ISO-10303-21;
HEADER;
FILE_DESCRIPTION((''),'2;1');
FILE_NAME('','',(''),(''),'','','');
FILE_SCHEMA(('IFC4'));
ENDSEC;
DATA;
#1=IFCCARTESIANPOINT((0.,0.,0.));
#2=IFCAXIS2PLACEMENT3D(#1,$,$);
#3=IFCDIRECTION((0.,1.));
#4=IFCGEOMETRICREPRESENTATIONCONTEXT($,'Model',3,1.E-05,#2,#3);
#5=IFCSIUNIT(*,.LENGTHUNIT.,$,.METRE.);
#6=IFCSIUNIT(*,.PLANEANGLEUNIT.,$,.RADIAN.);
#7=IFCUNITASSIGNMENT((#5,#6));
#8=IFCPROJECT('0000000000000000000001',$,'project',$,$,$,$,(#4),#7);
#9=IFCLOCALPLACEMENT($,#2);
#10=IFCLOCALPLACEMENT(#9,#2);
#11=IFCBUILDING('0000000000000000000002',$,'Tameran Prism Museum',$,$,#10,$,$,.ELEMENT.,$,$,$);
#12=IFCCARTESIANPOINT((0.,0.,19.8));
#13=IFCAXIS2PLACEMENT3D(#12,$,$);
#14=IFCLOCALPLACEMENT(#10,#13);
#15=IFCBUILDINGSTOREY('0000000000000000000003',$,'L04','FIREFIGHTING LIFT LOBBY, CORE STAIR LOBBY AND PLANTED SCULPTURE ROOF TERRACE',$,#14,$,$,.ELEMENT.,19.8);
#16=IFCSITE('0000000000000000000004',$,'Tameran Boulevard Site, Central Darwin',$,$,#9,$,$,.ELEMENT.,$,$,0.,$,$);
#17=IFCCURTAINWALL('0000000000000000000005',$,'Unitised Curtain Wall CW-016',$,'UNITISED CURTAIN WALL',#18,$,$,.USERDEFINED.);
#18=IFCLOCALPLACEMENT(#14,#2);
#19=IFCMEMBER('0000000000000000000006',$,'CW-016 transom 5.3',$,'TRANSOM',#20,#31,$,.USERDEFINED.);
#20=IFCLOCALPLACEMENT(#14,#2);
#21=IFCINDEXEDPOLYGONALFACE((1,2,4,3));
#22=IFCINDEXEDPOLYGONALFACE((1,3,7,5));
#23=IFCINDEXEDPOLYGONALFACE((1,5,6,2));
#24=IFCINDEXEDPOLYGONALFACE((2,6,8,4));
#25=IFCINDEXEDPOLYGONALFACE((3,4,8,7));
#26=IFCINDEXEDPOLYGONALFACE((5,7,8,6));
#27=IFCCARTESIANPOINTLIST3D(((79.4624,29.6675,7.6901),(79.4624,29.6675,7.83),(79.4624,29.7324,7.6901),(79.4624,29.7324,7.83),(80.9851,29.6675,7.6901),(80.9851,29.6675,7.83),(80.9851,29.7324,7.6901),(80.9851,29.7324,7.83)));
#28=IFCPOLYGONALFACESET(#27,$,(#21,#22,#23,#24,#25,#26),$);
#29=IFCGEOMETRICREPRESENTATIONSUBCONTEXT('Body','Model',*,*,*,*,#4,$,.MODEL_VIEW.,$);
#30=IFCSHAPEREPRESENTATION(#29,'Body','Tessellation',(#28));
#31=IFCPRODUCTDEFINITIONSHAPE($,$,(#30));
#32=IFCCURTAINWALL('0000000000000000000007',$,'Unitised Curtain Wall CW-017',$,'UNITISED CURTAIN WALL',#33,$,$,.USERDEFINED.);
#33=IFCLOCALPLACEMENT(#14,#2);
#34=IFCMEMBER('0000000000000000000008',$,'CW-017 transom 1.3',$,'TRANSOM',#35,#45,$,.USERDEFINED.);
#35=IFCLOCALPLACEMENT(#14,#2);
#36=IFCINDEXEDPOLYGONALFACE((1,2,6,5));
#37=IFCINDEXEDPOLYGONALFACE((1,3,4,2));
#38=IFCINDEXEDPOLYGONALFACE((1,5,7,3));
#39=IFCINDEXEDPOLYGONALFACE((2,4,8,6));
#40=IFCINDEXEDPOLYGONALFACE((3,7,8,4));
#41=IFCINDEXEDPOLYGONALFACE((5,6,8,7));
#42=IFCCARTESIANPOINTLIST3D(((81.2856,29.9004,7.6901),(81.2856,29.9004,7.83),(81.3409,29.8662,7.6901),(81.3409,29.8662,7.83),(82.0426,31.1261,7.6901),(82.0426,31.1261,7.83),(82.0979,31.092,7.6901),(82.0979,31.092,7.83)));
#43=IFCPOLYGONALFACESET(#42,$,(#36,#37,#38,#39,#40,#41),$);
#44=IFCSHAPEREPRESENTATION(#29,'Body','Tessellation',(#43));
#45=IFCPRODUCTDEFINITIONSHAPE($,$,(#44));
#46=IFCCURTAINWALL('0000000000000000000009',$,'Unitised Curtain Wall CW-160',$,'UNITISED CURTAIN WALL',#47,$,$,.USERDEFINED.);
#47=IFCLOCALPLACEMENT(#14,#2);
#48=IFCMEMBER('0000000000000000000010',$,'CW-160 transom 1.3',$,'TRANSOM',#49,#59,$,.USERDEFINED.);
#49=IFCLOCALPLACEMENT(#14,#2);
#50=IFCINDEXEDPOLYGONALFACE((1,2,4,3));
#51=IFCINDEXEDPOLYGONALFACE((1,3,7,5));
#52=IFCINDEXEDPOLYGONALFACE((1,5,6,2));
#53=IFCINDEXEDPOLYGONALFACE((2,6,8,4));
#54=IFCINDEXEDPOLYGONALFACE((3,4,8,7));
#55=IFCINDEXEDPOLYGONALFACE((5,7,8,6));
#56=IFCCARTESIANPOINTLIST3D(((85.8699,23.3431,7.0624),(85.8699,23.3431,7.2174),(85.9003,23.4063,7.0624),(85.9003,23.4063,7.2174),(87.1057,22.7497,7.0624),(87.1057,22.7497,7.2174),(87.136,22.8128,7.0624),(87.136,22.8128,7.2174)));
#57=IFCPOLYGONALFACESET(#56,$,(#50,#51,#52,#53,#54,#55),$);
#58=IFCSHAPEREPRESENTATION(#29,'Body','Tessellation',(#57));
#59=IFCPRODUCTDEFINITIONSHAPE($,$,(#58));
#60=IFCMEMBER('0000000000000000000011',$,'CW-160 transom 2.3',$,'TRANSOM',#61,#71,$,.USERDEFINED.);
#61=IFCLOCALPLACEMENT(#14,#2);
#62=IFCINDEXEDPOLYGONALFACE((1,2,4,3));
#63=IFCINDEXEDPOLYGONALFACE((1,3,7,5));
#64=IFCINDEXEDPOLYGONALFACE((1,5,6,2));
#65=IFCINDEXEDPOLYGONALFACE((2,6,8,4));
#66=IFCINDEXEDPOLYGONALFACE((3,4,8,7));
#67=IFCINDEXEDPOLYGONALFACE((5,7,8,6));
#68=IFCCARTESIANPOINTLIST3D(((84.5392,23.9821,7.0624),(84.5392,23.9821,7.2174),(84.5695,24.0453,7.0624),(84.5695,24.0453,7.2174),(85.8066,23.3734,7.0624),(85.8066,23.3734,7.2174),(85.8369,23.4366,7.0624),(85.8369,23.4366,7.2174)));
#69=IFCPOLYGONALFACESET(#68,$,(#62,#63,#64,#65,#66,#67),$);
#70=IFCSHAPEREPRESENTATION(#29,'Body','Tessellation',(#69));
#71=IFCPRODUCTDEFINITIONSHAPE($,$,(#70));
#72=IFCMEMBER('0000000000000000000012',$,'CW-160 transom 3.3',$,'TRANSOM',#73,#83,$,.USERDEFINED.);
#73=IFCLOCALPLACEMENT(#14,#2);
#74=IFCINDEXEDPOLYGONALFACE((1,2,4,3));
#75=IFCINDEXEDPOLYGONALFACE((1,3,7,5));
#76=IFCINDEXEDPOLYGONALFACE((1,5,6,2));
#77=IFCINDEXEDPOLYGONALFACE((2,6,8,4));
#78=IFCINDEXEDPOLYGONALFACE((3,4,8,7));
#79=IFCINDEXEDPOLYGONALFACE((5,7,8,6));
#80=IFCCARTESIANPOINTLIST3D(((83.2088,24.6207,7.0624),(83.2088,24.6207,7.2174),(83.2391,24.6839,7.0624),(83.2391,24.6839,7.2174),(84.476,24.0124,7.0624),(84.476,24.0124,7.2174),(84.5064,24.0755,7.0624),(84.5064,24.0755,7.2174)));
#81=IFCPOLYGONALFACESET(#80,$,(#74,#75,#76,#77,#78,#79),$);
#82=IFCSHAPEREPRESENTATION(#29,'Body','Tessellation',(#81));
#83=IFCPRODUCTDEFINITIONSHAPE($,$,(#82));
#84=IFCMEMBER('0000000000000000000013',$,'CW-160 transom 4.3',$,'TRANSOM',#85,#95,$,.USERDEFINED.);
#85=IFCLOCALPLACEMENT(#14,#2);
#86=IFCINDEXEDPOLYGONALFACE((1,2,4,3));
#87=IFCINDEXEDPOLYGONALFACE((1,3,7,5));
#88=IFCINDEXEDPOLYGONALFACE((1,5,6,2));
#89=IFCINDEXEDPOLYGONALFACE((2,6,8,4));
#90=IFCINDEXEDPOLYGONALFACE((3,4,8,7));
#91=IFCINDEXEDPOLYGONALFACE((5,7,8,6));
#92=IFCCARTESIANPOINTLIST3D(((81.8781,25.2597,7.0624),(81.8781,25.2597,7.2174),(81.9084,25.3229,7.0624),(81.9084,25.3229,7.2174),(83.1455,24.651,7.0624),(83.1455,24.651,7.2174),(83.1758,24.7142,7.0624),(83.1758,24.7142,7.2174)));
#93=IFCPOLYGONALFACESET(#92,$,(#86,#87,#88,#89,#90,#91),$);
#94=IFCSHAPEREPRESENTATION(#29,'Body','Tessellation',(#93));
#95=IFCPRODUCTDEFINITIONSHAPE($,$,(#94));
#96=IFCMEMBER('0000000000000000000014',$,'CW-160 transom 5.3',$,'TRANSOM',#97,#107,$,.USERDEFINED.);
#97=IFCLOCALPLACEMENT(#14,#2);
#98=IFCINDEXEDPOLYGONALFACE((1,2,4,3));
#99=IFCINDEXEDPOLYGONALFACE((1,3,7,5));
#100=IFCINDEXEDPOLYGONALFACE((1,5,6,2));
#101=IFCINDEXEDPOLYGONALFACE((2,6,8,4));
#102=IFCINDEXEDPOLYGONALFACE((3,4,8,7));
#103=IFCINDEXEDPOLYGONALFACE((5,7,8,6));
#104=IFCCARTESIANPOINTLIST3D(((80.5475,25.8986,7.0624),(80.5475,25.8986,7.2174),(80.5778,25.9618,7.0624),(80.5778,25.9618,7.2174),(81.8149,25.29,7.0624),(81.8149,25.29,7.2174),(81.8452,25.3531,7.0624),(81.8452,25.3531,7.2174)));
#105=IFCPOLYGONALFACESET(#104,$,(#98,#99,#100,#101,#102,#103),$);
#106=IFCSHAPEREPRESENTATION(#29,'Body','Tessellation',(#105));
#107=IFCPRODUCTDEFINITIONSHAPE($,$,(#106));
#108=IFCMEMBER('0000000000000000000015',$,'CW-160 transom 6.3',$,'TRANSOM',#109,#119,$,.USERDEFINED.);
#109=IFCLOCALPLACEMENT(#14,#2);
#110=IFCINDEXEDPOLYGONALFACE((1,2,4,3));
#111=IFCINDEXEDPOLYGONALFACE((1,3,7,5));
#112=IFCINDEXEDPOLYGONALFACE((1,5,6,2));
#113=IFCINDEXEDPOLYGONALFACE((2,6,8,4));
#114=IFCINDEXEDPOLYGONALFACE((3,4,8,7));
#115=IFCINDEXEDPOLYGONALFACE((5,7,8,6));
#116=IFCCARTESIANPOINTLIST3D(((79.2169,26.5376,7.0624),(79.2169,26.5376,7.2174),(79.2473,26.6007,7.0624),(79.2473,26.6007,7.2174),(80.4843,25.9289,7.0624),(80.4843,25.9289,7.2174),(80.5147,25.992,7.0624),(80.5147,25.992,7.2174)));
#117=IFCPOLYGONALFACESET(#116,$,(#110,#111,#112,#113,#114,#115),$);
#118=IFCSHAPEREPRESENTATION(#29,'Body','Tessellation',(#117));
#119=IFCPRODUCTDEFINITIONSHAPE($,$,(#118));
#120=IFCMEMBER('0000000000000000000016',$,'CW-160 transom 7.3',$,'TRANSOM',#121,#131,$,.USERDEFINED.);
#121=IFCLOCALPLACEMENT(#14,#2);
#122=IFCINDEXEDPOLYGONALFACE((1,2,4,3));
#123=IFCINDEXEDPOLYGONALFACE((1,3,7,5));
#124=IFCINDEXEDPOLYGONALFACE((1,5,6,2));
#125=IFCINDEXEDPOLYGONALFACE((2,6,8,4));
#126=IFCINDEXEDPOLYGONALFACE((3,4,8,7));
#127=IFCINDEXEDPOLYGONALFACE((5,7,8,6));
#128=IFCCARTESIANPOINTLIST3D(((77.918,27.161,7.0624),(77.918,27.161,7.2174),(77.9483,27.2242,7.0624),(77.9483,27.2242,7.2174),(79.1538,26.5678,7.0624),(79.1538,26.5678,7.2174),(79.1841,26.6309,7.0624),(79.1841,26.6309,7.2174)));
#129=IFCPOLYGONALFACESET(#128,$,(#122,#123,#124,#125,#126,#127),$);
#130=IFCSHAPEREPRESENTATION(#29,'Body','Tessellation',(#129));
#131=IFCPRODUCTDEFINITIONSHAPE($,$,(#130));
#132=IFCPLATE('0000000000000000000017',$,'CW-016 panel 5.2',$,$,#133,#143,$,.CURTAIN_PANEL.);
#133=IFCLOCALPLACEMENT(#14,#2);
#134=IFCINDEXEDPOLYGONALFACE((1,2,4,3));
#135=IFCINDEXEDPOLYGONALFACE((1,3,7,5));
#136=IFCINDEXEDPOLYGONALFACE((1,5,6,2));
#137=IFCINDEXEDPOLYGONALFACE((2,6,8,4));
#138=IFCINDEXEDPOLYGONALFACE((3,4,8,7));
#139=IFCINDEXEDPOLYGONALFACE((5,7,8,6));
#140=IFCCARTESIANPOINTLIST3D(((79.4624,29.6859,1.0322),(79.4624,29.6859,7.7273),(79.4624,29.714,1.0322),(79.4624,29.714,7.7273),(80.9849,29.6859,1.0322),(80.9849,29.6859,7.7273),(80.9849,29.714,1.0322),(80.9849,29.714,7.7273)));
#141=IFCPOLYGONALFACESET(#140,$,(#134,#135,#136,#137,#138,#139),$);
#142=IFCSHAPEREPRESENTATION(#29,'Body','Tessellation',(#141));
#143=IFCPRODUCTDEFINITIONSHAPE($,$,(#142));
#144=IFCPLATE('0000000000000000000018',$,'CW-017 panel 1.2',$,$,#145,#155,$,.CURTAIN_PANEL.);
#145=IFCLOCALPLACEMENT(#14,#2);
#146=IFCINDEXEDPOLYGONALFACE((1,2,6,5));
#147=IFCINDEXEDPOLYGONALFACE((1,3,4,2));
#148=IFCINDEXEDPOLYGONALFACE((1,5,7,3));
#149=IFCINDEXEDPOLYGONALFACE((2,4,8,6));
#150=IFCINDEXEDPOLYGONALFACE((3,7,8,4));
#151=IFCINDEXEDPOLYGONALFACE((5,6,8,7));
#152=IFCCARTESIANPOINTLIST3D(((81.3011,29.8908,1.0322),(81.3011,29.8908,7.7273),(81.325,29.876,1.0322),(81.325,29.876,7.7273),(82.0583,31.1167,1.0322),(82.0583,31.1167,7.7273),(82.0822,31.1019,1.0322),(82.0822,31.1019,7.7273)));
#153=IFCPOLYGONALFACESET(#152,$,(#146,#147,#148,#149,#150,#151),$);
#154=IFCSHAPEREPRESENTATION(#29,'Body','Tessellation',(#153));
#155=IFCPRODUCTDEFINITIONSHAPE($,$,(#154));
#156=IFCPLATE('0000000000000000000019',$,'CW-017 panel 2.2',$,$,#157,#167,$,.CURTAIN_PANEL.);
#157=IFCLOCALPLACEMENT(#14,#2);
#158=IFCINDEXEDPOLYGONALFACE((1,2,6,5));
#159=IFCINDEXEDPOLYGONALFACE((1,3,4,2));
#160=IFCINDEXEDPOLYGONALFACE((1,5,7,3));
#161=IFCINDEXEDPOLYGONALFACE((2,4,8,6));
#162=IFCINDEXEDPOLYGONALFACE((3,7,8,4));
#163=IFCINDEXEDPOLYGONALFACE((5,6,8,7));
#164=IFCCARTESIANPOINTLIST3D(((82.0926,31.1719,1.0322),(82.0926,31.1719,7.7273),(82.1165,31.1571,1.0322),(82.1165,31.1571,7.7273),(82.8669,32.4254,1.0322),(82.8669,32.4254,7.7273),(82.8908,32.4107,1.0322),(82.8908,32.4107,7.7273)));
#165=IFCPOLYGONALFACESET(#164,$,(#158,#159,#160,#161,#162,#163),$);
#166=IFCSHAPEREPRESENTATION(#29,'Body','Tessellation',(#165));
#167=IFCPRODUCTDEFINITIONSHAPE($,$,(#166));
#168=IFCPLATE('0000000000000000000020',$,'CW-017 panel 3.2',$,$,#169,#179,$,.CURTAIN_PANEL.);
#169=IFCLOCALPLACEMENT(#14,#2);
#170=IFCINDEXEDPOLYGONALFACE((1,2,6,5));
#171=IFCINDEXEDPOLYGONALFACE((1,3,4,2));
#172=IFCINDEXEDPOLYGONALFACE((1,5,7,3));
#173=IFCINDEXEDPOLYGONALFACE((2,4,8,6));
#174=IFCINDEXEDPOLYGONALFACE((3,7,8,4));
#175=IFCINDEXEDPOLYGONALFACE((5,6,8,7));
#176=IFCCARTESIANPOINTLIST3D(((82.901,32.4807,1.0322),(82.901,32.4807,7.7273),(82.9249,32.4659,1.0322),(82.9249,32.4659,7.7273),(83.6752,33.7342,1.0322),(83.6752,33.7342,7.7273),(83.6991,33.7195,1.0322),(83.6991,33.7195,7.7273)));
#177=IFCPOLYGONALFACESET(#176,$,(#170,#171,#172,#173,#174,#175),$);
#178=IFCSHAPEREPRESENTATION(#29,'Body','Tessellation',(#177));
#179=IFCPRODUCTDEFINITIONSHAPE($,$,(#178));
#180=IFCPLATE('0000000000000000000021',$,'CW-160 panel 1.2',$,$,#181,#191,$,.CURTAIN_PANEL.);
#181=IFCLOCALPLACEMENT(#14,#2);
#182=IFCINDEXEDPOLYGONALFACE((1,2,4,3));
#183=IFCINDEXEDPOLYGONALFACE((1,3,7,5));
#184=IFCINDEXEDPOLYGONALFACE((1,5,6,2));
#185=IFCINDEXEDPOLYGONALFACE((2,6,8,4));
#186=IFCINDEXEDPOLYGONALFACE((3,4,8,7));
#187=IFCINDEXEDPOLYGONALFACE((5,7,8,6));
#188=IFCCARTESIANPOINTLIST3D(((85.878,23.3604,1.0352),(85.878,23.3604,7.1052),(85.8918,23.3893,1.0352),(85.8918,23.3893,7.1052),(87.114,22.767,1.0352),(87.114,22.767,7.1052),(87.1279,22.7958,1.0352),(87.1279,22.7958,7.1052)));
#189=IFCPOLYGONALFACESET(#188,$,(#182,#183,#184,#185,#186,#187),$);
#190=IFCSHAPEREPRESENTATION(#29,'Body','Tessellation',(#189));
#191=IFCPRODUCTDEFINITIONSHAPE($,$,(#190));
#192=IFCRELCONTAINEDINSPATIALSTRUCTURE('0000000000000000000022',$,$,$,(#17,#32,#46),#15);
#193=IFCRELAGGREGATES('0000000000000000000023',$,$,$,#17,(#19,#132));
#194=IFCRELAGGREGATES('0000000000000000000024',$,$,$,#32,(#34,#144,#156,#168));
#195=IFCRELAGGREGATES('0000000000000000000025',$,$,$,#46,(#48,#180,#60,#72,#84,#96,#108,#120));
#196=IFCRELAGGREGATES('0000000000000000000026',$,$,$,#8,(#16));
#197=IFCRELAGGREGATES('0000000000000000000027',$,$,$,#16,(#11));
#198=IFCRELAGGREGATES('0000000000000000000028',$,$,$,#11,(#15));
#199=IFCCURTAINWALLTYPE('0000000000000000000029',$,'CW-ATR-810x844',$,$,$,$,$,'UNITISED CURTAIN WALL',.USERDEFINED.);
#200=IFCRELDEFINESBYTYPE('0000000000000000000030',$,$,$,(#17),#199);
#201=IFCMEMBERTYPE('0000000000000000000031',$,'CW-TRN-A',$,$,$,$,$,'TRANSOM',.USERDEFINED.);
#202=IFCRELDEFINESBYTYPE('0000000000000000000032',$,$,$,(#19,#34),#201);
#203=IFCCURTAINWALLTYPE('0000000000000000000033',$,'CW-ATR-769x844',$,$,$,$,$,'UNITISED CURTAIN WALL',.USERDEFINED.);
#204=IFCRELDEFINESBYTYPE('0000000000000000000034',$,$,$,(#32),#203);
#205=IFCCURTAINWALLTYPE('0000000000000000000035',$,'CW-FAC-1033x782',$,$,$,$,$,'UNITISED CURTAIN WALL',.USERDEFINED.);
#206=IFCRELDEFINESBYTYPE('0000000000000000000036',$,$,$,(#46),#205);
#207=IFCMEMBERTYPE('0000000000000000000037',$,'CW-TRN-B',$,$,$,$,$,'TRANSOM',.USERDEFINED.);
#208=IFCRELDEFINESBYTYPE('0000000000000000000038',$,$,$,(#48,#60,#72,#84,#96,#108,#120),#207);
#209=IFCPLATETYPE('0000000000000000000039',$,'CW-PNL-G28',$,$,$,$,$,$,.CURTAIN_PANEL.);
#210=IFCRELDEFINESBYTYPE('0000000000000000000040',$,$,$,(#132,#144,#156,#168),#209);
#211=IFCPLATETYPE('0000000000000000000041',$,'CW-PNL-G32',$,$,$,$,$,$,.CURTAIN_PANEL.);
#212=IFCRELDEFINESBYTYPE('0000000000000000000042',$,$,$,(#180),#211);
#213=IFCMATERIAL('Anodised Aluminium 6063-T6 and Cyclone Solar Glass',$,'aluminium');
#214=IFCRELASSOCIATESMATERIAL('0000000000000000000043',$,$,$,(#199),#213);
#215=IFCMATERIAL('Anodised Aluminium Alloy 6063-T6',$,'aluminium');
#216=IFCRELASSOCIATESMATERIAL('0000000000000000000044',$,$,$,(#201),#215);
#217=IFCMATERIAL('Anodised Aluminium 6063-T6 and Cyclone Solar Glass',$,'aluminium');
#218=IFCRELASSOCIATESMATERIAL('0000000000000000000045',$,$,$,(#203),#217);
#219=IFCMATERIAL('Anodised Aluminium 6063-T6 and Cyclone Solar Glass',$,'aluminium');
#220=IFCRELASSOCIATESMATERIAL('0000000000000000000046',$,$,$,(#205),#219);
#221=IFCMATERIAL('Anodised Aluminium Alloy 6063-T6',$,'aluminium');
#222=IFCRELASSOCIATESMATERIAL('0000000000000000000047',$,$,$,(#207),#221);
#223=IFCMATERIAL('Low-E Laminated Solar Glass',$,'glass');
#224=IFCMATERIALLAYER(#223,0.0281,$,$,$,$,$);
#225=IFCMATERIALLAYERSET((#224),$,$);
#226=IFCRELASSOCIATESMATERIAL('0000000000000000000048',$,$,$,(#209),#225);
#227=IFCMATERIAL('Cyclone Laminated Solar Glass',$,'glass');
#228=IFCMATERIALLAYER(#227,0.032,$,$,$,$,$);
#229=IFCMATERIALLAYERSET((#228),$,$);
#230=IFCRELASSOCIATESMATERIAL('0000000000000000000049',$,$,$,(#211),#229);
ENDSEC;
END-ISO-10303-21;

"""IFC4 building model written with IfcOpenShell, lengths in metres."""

from ifc_helpers import new_model, si_unit, direction, frame, origin, origin_2d, place, context, subcontext, project, spatial, rectangle, extrude, material, layer, layer_set, material_profile, profile_set, type_object, element, aggregate, save


model = new_model("IFC4")

# Units and contexts
model_context = context("Model", 3, precision=1e-05, world=origin(), true_north=direction((0.0, 1.0)))
body_context = subcontext(model_context, "Body", "Model", "MODEL_VIEW")
ifc_project = project(units=[si_unit("LENGTHUNIT", "METRE"), si_unit("PLANEANGLEUNIT", "RADIAN")], contexts=[model_context])

# Site, building, storey
site_placement = place(None, origin())
site = spatial("IfcSite", under=ifc_project, at=site_placement, Name="Tameran Boulevard Site, Central Darwin", CompositionType="ELEMENT", RefElevation=0.0)
building_placement = place(site_placement, origin())
building = spatial("IfcBuilding", under=site, at=building_placement, Name="Tameran Prism Museum", CompositionType="ELEMENT")
storey_placement = place(building_placement, frame((0.0, 0.0, 19.8)))
storey = spatial("IfcBuildingStorey", under=building, at=storey_placement, Name="L04", Description="FIREFIGHTING LIFT LOBBY, CORE STAIR LOBBY AND PLANTED SCULPTURE ROOF TERRACE", CompositionType="ELEMENT", Elevation=19.8)

# Curtain walls, members
ifc_material_1 = material(Name="Anodised Aluminium 6063-T6 and Cyclone Solar Glass", Category="aluminium")
curtain_wall_type_1 = type_object("IfcCurtainWallType", Name="CW-ATR-810x844", ElementType="UNITISED CURTAIN WALL", PredefinedType="USERDEFINED", material=ifc_material_1)
curtain_wall_1_placement = place(storey_placement, origin())
curtain_wall_1 = element("IfcCurtainWall", 1, at=curtain_wall_1_placement, inside=storey, type_object=curtain_wall_type_1, Name="Unitised Curtain Wall CW-016", ObjectType="UNITISED CURTAIN WALL", PredefinedType="USERDEFINED")
ifc_material_2 = material(Name="Anodised Aluminium Alloy 6063-T6", Category="aluminium")
ifc_material_profile_1 = material_profile(ifc_material_2, rectangle(XDim=0.0649, YDim=0.1399, at=origin_2d()))
ifc_profile_set_1 = profile_set([ifc_material_profile_1])
member_type_1 = type_object("IfcMemberType", Name="CW-TRN-A", ElementType="TRANSOM", PredefinedType="USERDEFINED", material=ifc_profile_set_1)
member_1_placement = place(storey_placement, frame((79.4624, 29.7, 7.76), z_axis=(1.0, 0.0, 0.0), x_axis=(0.0, 1.0, 0.0)))
member_1 = element("IfcMember", 2, at=member_1_placement, type_object=member_type_1, Name="CW-016 transom 5.3", ObjectType="TRANSOM", PredefinedType="USERDEFINED", context=body_context, shape_type="SweptSolid", body=[
    extrude(rectangle(XDim=0.0649, YDim=0.1399, at=origin_2d()), origin(), (0.0, 0.0, 1.0), 1.5227),
])
ifc_material_3 = material(Name="Anodised Aluminium 6063-T6 and Cyclone Solar Glass", Category="aluminium")
curtain_wall_type_2 = type_object("IfcCurtainWallType", Name="CW-ATR-769x844", ElementType="UNITISED CURTAIN WALL", PredefinedType="USERDEFINED", material=ifc_material_3)
curtain_wall_2_placement = place(storey_placement, origin())
curtain_wall_2 = element("IfcCurtainWall", 3, at=curtain_wall_2_placement, inside=storey, type_object=curtain_wall_type_2, Name="Unitised Curtain Wall CW-017", ObjectType="UNITISED CURTAIN WALL", PredefinedType="USERDEFINED")
member_2_placement = place(storey_placement, frame((81.3132, 29.8833, 7.76), z_axis=(0.525468, 0.850814, 0.0), x_axis=(-0.850814, 0.525468, 0.0)))
member_2 = element("IfcMember", 4, at=member_2_placement, type_object=member_type_1, Name="CW-017 transom 1.3", ObjectType="TRANSOM", PredefinedType="USERDEFINED", context=body_context, shape_type="SweptSolid", body=[
    extrude(rectangle(XDim=0.0649, YDim=0.1399, at=origin_2d()), origin(), (0.0, 0.0, 1.0), 1.4407),
])

# Curtain wall, members
ifc_material_4 = material(Name="Anodised Aluminium 6063-T6 and Cyclone Solar Glass", Category="aluminium")
curtain_wall_type_3 = type_object("IfcCurtainWallType", Name="CW-FAC-1033x782", ElementType="UNITISED CURTAIN WALL", PredefinedType="USERDEFINED", material=ifc_material_4)
curtain_wall_3_placement = place(storey_placement, origin())
curtain_wall_3 = element("IfcCurtainWall", 5, at=curtain_wall_3_placement, inside=storey, type_object=curtain_wall_type_3, Name="Unitised Curtain Wall CW-160", ObjectType="UNITISED CURTAIN WALL", PredefinedType="USERDEFINED")
ifc_material_5 = material(Name="Anodised Aluminium Alloy 6063-T6", Category="aluminium")
ifc_material_profile_2 = material_profile(ifc_material_5, rectangle(XDim=0.0701, YDim=0.155, at=origin_2d()))
ifc_profile_set_2 = profile_set([ifc_material_profile_2])
member_type_2 = type_object("IfcMemberType", Name="CW-TRN-B", ElementType="TRANSOM", PredefinedType="USERDEFINED", material=ifc_profile_set_2)
member_3_placement = place(storey_placement, frame((87.1208, 22.7812, 7.1399), z_axis=(-0.901437, 0.432911, 0.0), x_axis=(-0.432911, -0.901437, 0.0)))
member_3 = element("IfcMember", 6, at=member_3_placement, type_object=member_type_2, Name="CW-160 transom 1.3", ObjectType="TRANSOM", PredefinedType="USERDEFINED", context=body_context, shape_type="SweptSolid", body=[
    extrude(rectangle(XDim=0.0701, YDim=0.155, at=origin_2d()), origin(), (0.0, 0.0, 1.0), 1.3708),
])
member_4_placement = place(storey_placement, frame((85.8218, 23.405, 7.1399), z_axis=(-0.901434, 0.432917, 0.0), x_axis=(-0.432917, -0.901434, 0.0)))
member_4 = element("IfcMember", 7, at=member_4_placement, type_object=member_type_2, Name="CW-160 transom 2.3", ObjectType="TRANSOM", PredefinedType="USERDEFINED", context=body_context, shape_type="SweptSolid", body=[
    extrude(rectangle(XDim=0.0701, YDim=0.155, at=origin_2d()), origin(), (0.0, 0.0, 1.0), 1.406),
])
member_5_placement = place(storey_placement, frame((84.4912, 24.0439, 7.1399), z_axis=(-0.901501, 0.432776, 0.0), x_axis=(-0.432776, -0.901501, 0.0)))
member_5 = element("IfcMember", 8, at=member_5_placement, type_object=member_type_2, Name="CW-160 transom 3.3", ObjectType="TRANSOM", PredefinedType="USERDEFINED", context=body_context, shape_type="SweptSolid", body=[
    extrude(rectangle(XDim=0.0701, YDim=0.155, at=origin_2d()), origin(), (0.0, 0.0, 1.0), 1.4058),
])
member_6_placement = place(storey_placement, frame((83.1606, 24.6826, 7.1399), z_axis=(-0.901434, 0.432917, 0.0), x_axis=(-0.432917, -0.901434, 0.0)))
member_6 = element("IfcMember", 9, at=member_6_placement, type_object=member_type_2, Name="CW-160 transom 4.3", ObjectType="TRANSOM", PredefinedType="USERDEFINED", context=body_context, shape_type="SweptSolid", body=[
    extrude(rectangle(XDim=0.0701, YDim=0.155, at=origin_2d()), origin(), (0.0, 0.0, 1.0), 1.406),
])
member_7_placement = place(storey_placement, frame((81.8301, 25.3215, 7.1399), z_axis=(-0.901434, 0.432917, 0.0), x_axis=(-0.432917, -0.901434, 0.0)))
member_7 = element("IfcMember", 10, at=member_7_placement, type_object=member_type_2, Name="CW-160 transom 5.3", ObjectType="TRANSOM", PredefinedType="USERDEFINED", context=body_context, shape_type="SweptSolid", body=[
    extrude(rectangle(XDim=0.0701, YDim=0.155, at=origin_2d()), origin(), (0.0, 0.0, 1.0), 1.406),
])
member_8_placement = place(storey_placement, frame((80.4995, 25.9604, 7.1399), z_axis=(-0.901434, 0.432917, 0.0), x_axis=(-0.432917, -0.901434, 0.0)))
member_8 = element("IfcMember", 11, at=member_8_placement, type_object=member_type_2, Name="CW-160 transom 6.3", ObjectType="TRANSOM", PredefinedType="USERDEFINED", context=body_context, shape_type="SweptSolid", body=[
    extrude(rectangle(XDim=0.0701, YDim=0.155, at=origin_2d()), origin(), (0.0, 0.0, 1.0), 1.406),
])
member_9_placement = place(storey_placement, frame((79.1689, 26.5994, 7.1399), z_axis=(-0.901506, 0.432766, 0.0), x_axis=(-0.432766, -0.901506, 0.0)))
member_9 = element("IfcMember", 12, at=member_9_placement, type_object=member_type_2, Name="CW-160 transom 7.3", ObjectType="TRANSOM", PredefinedType="USERDEFINED", context=body_context, shape_type="SweptSolid", body=[
    extrude(rectangle(XDim=0.0701, YDim=0.155, at=origin_2d()), origin(), (0.0, 0.0, 1.0), 1.3708),
])

# Plates
ifc_material_6 = material(Name="Low-E Laminated Solar Glass", Category="glass")
ifc_layer_1 = layer(ifc_material_6, 0.0281)
ifc_layer_set_1 = layer_set([ifc_layer_1])
plate_type_1 = type_object("IfcPlateType", Name="CW-PNL-G28", PredefinedType="CURTAIN_PANEL", material=ifc_layer_set_1)
plate_1_placement = place(storey_placement, frame((80.2236, 29.7, 1.0322), z_axis=(0.0, 0.0, 1.0), x_axis=(1.0, 0.0, 0.0)))
plate_1 = element("IfcPlate", 13, at=plate_1_placement, type_object=plate_type_1, Name="CW-016 panel 5.2", PredefinedType="CURTAIN_PANEL", context=body_context, shape_type="SweptSolid", body=[
    extrude(rectangle(XDim=1.5225, YDim=0.0281, at=origin_2d()), origin(), (0.0, 0.0, 1.0), 6.6951),
])
aggregate(curtain_wall_1, [member_1, plate_1])
plate_2_placement = place(storey_placement, frame((81.6917, 30.4963, 1.0322), z_axis=(0.0, 0.0, 1.0), x_axis=(0.525504, 0.850791, 0.0)))
plate_2 = element("IfcPlate", 14, at=plate_2_placement, type_object=plate_type_1, Name="CW-017 panel 1.2", PredefinedType="CURTAIN_PANEL", context=body_context, shape_type="SweptSolid", body=[
    extrude(rectangle(XDim=1.4409, YDim=0.0281, at=origin_2d()), origin(), (0.0, 0.0, 1.0), 6.6951),
])
plate_3_placement = place(storey_placement, frame((82.4917, 31.7913, 1.0322), z_axis=(0.0, 0.0, 1.0), x_axis=(0.525504, 0.850791, 0.0)))
plate_3 = element("IfcPlate", 15, at=plate_3_placement, type_object=plate_type_1, Name="CW-017 panel 2.2", PredefinedType="CURTAIN_PANEL", context=body_context, shape_type="SweptSolid", body=[
    extrude(rectangle(XDim=1.4734, YDim=0.0281, at=origin_2d()), origin(), (0.0, 0.0, 1.0), 6.6951),
])
plate_4_placement = place(storey_placement, frame((83.3, 33.1001, 1.0322), z_axis=(0.0, 0.0, 1.0), x_axis=(0.525504, 0.850791, 0.0)))
plate_4 = element("IfcPlate", 16, at=plate_4_placement, type_object=plate_type_1, Name="CW-017 panel 3.2", PredefinedType="CURTAIN_PANEL", context=body_context, shape_type="SweptSolid", body=[
    extrude(rectangle(XDim=1.4734, YDim=0.0281, at=origin_2d()), origin(), (0.0, 0.0, 1.0), 6.6951),
])
aggregate(curtain_wall_2, [member_2, plate_2, plate_3, plate_4])
ifc_material_7 = material(Name="Cyclone Laminated Solar Glass", Category="glass")
ifc_layer_2 = layer(ifc_material_7, 0.032)
ifc_layer_set_2 = layer_set([ifc_layer_2])
plate_type_2 = type_object("IfcPlateType", Name="CW-PNL-G32", PredefinedType="CURTAIN_PANEL", material=ifc_layer_set_2)
plate_5_placement = place(storey_placement, frame((86.5029, 23.0781, 1.0352), z_axis=(0.0, 0.0, 1.0), x_axis=(-0.901475, 0.432832, 0.0)))
plate_5 = element("IfcPlate", 17, at=plate_5_placement, type_object=plate_type_2, Name="CW-160 panel 1.2", PredefinedType="CURTAIN_PANEL", context=body_context, shape_type="SweptSolid", body=[
    extrude(rectangle(XDim=1.3711, YDim=0.032, at=origin_2d()), origin(), (0.0, 0.0, 1.0), 6.0701),
])
aggregate(curtain_wall_3, [member_3, plate_5, member_4, member_5, member_6, member_7, member_8, member_9])

save(model, "model.ifc")
